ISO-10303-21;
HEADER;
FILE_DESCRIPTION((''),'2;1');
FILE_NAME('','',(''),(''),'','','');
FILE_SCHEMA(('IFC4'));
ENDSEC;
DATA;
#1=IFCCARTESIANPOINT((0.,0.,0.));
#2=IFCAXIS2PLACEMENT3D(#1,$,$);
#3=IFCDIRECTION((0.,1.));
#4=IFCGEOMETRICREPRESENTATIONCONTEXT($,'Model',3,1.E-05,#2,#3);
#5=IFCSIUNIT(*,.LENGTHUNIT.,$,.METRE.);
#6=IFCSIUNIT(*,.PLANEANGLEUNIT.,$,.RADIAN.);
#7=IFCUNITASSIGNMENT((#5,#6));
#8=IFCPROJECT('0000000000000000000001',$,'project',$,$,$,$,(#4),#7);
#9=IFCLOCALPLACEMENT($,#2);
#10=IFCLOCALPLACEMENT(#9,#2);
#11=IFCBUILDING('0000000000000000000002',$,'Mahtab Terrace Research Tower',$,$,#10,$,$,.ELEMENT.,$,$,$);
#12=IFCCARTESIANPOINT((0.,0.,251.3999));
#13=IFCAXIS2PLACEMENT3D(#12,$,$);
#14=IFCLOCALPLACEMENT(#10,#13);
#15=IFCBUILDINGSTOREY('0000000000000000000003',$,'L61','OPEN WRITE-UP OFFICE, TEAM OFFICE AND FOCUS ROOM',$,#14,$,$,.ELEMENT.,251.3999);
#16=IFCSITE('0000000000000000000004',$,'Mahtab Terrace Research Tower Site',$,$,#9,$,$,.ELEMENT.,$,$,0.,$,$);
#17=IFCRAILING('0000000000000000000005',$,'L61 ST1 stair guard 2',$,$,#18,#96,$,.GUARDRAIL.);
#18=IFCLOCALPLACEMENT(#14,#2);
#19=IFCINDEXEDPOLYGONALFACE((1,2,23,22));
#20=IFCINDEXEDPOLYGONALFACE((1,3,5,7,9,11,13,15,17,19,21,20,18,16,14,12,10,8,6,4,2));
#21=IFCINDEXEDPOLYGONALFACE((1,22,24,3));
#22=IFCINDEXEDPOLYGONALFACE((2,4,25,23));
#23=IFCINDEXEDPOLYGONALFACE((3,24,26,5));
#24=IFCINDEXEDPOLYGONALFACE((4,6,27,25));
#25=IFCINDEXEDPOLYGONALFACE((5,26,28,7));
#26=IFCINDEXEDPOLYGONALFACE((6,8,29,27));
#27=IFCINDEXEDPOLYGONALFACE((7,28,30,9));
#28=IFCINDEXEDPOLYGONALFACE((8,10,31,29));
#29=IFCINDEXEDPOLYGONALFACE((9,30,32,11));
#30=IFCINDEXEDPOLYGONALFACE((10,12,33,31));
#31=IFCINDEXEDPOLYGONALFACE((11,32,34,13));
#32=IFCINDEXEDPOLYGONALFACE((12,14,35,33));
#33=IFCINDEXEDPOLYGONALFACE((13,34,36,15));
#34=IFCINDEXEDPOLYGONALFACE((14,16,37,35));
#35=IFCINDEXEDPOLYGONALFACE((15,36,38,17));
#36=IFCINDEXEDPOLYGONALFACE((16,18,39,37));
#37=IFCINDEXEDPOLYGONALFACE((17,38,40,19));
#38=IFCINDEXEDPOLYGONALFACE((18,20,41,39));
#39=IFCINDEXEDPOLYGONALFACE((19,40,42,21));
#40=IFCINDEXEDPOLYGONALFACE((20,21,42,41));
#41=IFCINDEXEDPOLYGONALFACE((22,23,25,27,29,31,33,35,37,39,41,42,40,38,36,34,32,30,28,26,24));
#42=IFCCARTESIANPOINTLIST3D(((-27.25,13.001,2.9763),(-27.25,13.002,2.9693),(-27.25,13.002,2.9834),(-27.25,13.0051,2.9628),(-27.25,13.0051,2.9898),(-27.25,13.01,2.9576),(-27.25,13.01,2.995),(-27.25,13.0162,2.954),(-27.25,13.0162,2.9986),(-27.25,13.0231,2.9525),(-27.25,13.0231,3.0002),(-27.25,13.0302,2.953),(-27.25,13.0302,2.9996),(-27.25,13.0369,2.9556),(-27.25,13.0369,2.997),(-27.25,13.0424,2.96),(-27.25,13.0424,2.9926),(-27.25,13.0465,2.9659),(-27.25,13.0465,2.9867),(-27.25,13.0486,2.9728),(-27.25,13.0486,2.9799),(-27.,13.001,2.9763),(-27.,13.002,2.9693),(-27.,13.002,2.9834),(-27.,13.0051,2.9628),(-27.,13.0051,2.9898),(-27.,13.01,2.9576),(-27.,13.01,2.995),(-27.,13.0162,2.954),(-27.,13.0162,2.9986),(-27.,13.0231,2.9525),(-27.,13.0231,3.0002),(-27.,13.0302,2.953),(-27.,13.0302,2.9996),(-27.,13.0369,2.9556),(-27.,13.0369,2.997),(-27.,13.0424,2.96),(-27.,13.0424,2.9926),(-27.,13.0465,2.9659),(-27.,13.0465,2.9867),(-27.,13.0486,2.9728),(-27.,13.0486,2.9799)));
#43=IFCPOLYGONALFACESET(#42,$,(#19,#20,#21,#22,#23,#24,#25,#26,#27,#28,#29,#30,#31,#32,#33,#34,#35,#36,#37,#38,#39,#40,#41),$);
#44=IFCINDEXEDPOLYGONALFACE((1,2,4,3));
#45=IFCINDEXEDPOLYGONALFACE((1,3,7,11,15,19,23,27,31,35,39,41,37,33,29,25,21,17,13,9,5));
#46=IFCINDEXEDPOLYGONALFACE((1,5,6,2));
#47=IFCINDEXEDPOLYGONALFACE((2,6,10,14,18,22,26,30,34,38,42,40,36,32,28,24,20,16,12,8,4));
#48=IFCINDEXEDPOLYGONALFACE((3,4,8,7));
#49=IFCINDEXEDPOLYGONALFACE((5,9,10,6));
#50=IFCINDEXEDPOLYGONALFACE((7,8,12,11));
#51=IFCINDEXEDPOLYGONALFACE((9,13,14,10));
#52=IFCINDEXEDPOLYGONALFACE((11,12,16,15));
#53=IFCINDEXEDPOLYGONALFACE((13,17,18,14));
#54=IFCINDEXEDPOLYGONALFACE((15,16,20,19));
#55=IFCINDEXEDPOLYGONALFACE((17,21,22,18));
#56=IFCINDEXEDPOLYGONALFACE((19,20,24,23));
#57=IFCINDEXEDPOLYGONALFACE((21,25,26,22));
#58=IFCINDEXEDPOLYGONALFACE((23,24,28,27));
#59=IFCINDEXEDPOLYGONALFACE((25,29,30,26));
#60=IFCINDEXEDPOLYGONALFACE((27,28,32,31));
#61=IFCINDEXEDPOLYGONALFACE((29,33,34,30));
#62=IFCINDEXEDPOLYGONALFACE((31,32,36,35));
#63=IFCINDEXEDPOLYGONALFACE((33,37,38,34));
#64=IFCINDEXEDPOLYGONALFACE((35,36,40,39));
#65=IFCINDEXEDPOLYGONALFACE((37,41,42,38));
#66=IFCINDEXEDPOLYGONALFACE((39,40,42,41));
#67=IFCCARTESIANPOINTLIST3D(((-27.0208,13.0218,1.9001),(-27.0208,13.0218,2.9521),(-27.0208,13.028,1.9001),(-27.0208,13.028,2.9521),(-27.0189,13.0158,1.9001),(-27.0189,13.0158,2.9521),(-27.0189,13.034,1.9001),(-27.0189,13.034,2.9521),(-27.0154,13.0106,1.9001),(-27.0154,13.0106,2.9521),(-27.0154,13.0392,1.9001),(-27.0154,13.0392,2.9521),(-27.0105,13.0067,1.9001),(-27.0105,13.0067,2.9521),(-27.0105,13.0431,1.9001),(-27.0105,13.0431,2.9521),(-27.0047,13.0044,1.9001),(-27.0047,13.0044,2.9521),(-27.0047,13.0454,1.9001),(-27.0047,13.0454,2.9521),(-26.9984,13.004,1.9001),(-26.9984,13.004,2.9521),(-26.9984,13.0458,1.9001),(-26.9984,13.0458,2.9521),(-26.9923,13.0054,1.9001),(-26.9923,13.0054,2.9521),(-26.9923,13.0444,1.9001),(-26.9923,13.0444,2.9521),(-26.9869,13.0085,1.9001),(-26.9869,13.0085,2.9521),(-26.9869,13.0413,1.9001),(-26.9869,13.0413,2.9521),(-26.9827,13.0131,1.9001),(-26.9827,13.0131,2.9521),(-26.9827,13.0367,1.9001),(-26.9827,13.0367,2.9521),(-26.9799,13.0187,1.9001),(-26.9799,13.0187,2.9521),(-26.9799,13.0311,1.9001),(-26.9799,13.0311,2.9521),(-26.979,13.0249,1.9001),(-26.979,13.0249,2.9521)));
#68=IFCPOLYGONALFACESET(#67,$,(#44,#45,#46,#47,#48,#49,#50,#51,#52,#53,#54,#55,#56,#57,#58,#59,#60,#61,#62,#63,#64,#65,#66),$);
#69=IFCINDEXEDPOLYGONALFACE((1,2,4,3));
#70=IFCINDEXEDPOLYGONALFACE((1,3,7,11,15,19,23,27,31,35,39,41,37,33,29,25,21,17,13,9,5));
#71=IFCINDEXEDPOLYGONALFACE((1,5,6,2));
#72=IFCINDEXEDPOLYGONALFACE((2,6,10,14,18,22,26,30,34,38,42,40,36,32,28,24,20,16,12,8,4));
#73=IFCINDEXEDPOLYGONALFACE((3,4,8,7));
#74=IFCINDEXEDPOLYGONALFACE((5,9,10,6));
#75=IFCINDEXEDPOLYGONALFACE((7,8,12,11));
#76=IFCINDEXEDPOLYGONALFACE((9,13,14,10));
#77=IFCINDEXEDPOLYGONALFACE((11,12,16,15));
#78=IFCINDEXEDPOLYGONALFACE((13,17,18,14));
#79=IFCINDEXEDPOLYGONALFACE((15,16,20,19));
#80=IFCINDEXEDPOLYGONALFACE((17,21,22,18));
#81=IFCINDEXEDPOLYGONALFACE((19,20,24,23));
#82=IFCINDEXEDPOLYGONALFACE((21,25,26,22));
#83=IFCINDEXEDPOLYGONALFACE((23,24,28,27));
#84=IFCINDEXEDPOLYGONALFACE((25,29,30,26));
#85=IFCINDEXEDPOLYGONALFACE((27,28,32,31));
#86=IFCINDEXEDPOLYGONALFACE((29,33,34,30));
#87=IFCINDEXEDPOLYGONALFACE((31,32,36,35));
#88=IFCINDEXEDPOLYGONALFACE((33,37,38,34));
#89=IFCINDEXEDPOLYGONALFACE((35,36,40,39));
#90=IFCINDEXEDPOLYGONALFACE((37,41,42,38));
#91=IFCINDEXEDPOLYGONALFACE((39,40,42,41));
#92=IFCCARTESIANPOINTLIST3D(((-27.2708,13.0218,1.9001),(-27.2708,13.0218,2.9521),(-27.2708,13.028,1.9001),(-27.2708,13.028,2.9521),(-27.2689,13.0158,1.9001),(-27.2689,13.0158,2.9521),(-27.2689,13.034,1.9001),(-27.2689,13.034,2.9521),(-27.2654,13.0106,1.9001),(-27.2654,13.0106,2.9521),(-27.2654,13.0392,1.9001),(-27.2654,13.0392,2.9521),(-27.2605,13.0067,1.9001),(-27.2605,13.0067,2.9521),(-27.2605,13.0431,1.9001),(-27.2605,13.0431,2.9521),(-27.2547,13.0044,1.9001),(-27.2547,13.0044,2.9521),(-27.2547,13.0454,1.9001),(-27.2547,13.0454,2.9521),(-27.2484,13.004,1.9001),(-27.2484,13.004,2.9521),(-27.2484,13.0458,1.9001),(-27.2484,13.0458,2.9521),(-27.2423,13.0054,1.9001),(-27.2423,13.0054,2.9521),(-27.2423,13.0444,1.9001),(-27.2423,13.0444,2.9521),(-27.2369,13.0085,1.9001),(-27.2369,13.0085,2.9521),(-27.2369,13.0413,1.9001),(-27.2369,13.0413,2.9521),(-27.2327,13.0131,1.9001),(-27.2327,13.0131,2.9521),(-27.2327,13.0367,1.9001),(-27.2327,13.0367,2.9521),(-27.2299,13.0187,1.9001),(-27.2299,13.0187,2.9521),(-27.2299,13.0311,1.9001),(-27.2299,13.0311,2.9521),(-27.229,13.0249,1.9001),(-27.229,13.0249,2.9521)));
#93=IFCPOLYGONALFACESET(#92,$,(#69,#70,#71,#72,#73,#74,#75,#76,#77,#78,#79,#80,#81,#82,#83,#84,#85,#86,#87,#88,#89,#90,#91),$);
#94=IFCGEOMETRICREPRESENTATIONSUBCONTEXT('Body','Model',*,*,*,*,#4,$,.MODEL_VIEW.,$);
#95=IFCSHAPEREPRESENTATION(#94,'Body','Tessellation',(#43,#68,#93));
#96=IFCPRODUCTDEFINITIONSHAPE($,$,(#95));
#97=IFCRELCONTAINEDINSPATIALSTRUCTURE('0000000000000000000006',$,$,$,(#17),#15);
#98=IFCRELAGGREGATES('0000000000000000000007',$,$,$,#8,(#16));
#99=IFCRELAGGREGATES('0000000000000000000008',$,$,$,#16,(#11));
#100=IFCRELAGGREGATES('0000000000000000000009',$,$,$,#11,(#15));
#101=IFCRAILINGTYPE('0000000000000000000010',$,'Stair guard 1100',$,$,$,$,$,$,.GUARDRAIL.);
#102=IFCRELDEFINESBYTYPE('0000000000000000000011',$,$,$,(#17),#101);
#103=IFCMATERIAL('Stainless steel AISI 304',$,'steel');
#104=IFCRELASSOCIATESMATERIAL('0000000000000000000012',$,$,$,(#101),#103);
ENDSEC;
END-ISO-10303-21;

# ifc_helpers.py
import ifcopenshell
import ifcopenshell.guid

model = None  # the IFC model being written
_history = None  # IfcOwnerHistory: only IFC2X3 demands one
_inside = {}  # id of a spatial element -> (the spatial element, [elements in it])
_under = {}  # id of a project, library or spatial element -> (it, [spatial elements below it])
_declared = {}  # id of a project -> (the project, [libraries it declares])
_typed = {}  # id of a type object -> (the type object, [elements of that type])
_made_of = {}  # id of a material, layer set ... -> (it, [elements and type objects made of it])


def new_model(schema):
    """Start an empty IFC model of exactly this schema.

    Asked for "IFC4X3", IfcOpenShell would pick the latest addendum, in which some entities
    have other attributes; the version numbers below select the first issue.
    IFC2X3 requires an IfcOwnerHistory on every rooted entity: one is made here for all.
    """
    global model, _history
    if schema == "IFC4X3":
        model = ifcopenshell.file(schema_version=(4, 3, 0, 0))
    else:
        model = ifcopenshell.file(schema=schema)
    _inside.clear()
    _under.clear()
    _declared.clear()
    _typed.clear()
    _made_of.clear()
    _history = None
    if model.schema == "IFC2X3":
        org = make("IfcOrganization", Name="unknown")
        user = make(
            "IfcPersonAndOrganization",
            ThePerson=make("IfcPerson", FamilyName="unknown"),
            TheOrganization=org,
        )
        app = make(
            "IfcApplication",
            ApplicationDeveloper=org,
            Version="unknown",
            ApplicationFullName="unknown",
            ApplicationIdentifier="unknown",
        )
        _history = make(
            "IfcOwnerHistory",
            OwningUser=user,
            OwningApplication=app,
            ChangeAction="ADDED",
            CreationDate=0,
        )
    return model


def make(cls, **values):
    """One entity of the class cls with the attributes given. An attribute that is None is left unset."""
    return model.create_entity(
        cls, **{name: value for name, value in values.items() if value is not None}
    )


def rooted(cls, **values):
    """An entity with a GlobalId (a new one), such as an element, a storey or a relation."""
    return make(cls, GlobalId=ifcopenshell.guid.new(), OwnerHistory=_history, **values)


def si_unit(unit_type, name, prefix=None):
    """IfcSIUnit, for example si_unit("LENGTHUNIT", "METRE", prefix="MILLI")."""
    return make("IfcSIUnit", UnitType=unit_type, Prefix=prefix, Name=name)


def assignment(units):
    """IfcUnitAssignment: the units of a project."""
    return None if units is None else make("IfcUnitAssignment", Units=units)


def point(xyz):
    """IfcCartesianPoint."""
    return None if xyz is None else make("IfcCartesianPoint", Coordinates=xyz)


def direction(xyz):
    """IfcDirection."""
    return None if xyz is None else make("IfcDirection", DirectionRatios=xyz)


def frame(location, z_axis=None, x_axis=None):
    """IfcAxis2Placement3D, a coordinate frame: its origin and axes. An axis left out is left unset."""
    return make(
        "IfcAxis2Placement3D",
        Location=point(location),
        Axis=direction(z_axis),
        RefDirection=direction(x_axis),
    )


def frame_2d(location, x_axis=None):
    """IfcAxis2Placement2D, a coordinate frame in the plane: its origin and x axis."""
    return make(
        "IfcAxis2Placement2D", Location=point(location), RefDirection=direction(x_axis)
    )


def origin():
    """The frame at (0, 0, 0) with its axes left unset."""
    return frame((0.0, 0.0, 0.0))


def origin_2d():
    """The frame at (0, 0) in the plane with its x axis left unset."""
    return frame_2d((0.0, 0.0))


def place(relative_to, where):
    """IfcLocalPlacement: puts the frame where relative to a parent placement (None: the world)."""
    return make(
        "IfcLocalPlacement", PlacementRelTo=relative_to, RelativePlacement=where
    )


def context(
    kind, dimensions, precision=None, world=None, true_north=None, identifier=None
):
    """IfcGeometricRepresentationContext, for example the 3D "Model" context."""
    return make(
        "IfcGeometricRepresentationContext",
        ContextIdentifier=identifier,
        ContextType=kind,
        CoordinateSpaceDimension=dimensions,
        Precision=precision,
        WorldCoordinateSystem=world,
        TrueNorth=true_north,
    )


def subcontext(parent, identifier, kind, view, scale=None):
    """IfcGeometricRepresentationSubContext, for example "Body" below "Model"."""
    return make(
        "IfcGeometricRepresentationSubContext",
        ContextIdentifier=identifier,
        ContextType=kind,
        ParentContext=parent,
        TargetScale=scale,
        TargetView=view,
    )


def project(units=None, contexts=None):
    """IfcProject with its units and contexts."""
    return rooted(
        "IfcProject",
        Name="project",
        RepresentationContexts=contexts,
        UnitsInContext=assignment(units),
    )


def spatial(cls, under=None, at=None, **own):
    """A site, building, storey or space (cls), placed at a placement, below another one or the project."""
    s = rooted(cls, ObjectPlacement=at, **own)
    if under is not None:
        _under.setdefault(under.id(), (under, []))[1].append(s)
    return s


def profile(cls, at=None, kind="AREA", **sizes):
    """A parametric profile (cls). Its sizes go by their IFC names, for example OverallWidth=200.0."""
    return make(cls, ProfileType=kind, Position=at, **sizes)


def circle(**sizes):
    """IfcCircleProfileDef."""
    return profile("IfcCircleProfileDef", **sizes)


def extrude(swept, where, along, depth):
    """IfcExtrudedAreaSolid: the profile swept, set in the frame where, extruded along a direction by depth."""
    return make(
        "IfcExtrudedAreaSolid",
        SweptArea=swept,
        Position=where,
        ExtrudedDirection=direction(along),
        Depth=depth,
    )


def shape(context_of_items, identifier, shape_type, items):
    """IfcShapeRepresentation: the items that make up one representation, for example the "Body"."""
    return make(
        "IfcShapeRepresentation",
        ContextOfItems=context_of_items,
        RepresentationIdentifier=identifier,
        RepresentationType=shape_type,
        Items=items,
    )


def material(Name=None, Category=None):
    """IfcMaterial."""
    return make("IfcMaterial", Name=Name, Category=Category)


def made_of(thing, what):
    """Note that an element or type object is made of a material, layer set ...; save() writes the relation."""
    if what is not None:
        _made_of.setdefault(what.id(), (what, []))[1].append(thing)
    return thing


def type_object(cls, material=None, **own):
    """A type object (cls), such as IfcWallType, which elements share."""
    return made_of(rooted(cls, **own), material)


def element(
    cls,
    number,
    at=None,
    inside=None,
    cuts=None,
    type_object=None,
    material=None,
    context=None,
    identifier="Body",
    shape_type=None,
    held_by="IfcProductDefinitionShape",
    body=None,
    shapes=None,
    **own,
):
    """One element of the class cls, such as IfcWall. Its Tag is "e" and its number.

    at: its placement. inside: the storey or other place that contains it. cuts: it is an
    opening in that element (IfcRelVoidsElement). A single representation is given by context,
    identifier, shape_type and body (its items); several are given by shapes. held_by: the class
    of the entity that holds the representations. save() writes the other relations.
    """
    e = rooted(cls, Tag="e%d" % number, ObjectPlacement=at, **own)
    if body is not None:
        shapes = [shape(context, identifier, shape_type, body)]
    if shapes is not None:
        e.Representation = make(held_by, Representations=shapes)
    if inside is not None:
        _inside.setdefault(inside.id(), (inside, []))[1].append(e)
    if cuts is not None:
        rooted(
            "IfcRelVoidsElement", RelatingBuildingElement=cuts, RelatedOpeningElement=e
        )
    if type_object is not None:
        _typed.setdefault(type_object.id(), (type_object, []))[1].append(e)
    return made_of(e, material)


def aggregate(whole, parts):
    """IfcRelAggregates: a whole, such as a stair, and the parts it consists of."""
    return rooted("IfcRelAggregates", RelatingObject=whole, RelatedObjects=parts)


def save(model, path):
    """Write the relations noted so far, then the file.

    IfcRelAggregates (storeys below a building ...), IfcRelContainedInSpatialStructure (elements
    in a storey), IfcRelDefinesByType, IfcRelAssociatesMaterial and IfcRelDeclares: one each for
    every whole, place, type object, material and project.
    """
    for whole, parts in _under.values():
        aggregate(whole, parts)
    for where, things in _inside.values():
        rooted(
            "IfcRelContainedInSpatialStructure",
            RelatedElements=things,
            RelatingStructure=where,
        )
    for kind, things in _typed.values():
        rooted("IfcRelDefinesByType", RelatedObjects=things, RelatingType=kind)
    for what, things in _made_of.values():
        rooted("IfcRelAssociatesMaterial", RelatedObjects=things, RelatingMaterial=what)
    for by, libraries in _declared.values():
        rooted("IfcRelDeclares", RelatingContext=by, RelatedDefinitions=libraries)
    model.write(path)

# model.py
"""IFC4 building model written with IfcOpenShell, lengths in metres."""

from ifc_helpers import new_model, si_unit, direction, frame, origin, origin_2d, place, context, subcontext, project, spatial, circle, extrude, material, type_object, element, save


model = new_model("IFC4")

# Units and contexts
model_context = context("Model", 3, precision=1e-05, world=origin(), true_north=direction((0.0, 1.0)))
body_context = subcontext(model_context, "Body", "Model", "MODEL_VIEW")
ifc_project = project(units=[si_unit("LENGTHUNIT", "METRE"), si_unit("PLANEANGLEUNIT", "RADIAN")], contexts=[model_context])

# Site, building, storey
site_placement = place(None, origin())
site = spatial("IfcSite", under=ifc_project, at=site_placement, Name="Mahtab Terrace Research Tower Site", CompositionType="ELEMENT", RefElevation=0.0)
building_placement = place(site_placement, origin())
building = spatial("IfcBuilding", under=site, at=building_placement, Name="Mahtab Terrace Research Tower", CompositionType="ELEMENT")
storey_placement = place(building_placement, frame((0.0, 0.0, 251.3999)))
storey = spatial("IfcBuildingStorey", under=building, at=storey_placement, Name="L61", Description="OPEN WRITE-UP OFFICE, TEAM OFFICE AND FOCUS ROOM", CompositionType="ELEMENT", Elevation=251.3999)

# Railing
ifc_material_1 = material(Name="Stainless steel AISI 304", Category="steel")
railing_type_1 = type_object("IfcRailingType", Name="Stair guard 1100", PredefinedType="GUARDRAIL", material=ifc_material_1)
railing_1_placement = place(storey_placement, frame((-27.0, 13.0249, 1.9001)))
element("IfcRailing", 1, at=railing_1_placement, inside=storey, type_object=railing_type_1, Name="L61 ST1 stair guard 2", PredefinedType="GUARDRAIL", context=body_context, shape_type="SweptSolid", body=[
    extrude(circle(Radius=0.0239, at=origin_2d()), frame((0.0, 0.0, 1.0762), z_axis=(-1.0, 0.0, 0.0), x_axis=(0.0, -1.0, 0.0)), (0.0, 0.0, 1.0), 0.25),
    extrude(circle(Radius=0.021, at=origin_2d()), origin(), (0.0, 0.0, 1.0), 1.052),
    extrude(circle(Radius=0.021, at=origin_2d()), frame((-0.25, 0.0, 0.0)), (0.0, 0.0, 1.0), 1.052),
])

save(model, "model.ifc")
